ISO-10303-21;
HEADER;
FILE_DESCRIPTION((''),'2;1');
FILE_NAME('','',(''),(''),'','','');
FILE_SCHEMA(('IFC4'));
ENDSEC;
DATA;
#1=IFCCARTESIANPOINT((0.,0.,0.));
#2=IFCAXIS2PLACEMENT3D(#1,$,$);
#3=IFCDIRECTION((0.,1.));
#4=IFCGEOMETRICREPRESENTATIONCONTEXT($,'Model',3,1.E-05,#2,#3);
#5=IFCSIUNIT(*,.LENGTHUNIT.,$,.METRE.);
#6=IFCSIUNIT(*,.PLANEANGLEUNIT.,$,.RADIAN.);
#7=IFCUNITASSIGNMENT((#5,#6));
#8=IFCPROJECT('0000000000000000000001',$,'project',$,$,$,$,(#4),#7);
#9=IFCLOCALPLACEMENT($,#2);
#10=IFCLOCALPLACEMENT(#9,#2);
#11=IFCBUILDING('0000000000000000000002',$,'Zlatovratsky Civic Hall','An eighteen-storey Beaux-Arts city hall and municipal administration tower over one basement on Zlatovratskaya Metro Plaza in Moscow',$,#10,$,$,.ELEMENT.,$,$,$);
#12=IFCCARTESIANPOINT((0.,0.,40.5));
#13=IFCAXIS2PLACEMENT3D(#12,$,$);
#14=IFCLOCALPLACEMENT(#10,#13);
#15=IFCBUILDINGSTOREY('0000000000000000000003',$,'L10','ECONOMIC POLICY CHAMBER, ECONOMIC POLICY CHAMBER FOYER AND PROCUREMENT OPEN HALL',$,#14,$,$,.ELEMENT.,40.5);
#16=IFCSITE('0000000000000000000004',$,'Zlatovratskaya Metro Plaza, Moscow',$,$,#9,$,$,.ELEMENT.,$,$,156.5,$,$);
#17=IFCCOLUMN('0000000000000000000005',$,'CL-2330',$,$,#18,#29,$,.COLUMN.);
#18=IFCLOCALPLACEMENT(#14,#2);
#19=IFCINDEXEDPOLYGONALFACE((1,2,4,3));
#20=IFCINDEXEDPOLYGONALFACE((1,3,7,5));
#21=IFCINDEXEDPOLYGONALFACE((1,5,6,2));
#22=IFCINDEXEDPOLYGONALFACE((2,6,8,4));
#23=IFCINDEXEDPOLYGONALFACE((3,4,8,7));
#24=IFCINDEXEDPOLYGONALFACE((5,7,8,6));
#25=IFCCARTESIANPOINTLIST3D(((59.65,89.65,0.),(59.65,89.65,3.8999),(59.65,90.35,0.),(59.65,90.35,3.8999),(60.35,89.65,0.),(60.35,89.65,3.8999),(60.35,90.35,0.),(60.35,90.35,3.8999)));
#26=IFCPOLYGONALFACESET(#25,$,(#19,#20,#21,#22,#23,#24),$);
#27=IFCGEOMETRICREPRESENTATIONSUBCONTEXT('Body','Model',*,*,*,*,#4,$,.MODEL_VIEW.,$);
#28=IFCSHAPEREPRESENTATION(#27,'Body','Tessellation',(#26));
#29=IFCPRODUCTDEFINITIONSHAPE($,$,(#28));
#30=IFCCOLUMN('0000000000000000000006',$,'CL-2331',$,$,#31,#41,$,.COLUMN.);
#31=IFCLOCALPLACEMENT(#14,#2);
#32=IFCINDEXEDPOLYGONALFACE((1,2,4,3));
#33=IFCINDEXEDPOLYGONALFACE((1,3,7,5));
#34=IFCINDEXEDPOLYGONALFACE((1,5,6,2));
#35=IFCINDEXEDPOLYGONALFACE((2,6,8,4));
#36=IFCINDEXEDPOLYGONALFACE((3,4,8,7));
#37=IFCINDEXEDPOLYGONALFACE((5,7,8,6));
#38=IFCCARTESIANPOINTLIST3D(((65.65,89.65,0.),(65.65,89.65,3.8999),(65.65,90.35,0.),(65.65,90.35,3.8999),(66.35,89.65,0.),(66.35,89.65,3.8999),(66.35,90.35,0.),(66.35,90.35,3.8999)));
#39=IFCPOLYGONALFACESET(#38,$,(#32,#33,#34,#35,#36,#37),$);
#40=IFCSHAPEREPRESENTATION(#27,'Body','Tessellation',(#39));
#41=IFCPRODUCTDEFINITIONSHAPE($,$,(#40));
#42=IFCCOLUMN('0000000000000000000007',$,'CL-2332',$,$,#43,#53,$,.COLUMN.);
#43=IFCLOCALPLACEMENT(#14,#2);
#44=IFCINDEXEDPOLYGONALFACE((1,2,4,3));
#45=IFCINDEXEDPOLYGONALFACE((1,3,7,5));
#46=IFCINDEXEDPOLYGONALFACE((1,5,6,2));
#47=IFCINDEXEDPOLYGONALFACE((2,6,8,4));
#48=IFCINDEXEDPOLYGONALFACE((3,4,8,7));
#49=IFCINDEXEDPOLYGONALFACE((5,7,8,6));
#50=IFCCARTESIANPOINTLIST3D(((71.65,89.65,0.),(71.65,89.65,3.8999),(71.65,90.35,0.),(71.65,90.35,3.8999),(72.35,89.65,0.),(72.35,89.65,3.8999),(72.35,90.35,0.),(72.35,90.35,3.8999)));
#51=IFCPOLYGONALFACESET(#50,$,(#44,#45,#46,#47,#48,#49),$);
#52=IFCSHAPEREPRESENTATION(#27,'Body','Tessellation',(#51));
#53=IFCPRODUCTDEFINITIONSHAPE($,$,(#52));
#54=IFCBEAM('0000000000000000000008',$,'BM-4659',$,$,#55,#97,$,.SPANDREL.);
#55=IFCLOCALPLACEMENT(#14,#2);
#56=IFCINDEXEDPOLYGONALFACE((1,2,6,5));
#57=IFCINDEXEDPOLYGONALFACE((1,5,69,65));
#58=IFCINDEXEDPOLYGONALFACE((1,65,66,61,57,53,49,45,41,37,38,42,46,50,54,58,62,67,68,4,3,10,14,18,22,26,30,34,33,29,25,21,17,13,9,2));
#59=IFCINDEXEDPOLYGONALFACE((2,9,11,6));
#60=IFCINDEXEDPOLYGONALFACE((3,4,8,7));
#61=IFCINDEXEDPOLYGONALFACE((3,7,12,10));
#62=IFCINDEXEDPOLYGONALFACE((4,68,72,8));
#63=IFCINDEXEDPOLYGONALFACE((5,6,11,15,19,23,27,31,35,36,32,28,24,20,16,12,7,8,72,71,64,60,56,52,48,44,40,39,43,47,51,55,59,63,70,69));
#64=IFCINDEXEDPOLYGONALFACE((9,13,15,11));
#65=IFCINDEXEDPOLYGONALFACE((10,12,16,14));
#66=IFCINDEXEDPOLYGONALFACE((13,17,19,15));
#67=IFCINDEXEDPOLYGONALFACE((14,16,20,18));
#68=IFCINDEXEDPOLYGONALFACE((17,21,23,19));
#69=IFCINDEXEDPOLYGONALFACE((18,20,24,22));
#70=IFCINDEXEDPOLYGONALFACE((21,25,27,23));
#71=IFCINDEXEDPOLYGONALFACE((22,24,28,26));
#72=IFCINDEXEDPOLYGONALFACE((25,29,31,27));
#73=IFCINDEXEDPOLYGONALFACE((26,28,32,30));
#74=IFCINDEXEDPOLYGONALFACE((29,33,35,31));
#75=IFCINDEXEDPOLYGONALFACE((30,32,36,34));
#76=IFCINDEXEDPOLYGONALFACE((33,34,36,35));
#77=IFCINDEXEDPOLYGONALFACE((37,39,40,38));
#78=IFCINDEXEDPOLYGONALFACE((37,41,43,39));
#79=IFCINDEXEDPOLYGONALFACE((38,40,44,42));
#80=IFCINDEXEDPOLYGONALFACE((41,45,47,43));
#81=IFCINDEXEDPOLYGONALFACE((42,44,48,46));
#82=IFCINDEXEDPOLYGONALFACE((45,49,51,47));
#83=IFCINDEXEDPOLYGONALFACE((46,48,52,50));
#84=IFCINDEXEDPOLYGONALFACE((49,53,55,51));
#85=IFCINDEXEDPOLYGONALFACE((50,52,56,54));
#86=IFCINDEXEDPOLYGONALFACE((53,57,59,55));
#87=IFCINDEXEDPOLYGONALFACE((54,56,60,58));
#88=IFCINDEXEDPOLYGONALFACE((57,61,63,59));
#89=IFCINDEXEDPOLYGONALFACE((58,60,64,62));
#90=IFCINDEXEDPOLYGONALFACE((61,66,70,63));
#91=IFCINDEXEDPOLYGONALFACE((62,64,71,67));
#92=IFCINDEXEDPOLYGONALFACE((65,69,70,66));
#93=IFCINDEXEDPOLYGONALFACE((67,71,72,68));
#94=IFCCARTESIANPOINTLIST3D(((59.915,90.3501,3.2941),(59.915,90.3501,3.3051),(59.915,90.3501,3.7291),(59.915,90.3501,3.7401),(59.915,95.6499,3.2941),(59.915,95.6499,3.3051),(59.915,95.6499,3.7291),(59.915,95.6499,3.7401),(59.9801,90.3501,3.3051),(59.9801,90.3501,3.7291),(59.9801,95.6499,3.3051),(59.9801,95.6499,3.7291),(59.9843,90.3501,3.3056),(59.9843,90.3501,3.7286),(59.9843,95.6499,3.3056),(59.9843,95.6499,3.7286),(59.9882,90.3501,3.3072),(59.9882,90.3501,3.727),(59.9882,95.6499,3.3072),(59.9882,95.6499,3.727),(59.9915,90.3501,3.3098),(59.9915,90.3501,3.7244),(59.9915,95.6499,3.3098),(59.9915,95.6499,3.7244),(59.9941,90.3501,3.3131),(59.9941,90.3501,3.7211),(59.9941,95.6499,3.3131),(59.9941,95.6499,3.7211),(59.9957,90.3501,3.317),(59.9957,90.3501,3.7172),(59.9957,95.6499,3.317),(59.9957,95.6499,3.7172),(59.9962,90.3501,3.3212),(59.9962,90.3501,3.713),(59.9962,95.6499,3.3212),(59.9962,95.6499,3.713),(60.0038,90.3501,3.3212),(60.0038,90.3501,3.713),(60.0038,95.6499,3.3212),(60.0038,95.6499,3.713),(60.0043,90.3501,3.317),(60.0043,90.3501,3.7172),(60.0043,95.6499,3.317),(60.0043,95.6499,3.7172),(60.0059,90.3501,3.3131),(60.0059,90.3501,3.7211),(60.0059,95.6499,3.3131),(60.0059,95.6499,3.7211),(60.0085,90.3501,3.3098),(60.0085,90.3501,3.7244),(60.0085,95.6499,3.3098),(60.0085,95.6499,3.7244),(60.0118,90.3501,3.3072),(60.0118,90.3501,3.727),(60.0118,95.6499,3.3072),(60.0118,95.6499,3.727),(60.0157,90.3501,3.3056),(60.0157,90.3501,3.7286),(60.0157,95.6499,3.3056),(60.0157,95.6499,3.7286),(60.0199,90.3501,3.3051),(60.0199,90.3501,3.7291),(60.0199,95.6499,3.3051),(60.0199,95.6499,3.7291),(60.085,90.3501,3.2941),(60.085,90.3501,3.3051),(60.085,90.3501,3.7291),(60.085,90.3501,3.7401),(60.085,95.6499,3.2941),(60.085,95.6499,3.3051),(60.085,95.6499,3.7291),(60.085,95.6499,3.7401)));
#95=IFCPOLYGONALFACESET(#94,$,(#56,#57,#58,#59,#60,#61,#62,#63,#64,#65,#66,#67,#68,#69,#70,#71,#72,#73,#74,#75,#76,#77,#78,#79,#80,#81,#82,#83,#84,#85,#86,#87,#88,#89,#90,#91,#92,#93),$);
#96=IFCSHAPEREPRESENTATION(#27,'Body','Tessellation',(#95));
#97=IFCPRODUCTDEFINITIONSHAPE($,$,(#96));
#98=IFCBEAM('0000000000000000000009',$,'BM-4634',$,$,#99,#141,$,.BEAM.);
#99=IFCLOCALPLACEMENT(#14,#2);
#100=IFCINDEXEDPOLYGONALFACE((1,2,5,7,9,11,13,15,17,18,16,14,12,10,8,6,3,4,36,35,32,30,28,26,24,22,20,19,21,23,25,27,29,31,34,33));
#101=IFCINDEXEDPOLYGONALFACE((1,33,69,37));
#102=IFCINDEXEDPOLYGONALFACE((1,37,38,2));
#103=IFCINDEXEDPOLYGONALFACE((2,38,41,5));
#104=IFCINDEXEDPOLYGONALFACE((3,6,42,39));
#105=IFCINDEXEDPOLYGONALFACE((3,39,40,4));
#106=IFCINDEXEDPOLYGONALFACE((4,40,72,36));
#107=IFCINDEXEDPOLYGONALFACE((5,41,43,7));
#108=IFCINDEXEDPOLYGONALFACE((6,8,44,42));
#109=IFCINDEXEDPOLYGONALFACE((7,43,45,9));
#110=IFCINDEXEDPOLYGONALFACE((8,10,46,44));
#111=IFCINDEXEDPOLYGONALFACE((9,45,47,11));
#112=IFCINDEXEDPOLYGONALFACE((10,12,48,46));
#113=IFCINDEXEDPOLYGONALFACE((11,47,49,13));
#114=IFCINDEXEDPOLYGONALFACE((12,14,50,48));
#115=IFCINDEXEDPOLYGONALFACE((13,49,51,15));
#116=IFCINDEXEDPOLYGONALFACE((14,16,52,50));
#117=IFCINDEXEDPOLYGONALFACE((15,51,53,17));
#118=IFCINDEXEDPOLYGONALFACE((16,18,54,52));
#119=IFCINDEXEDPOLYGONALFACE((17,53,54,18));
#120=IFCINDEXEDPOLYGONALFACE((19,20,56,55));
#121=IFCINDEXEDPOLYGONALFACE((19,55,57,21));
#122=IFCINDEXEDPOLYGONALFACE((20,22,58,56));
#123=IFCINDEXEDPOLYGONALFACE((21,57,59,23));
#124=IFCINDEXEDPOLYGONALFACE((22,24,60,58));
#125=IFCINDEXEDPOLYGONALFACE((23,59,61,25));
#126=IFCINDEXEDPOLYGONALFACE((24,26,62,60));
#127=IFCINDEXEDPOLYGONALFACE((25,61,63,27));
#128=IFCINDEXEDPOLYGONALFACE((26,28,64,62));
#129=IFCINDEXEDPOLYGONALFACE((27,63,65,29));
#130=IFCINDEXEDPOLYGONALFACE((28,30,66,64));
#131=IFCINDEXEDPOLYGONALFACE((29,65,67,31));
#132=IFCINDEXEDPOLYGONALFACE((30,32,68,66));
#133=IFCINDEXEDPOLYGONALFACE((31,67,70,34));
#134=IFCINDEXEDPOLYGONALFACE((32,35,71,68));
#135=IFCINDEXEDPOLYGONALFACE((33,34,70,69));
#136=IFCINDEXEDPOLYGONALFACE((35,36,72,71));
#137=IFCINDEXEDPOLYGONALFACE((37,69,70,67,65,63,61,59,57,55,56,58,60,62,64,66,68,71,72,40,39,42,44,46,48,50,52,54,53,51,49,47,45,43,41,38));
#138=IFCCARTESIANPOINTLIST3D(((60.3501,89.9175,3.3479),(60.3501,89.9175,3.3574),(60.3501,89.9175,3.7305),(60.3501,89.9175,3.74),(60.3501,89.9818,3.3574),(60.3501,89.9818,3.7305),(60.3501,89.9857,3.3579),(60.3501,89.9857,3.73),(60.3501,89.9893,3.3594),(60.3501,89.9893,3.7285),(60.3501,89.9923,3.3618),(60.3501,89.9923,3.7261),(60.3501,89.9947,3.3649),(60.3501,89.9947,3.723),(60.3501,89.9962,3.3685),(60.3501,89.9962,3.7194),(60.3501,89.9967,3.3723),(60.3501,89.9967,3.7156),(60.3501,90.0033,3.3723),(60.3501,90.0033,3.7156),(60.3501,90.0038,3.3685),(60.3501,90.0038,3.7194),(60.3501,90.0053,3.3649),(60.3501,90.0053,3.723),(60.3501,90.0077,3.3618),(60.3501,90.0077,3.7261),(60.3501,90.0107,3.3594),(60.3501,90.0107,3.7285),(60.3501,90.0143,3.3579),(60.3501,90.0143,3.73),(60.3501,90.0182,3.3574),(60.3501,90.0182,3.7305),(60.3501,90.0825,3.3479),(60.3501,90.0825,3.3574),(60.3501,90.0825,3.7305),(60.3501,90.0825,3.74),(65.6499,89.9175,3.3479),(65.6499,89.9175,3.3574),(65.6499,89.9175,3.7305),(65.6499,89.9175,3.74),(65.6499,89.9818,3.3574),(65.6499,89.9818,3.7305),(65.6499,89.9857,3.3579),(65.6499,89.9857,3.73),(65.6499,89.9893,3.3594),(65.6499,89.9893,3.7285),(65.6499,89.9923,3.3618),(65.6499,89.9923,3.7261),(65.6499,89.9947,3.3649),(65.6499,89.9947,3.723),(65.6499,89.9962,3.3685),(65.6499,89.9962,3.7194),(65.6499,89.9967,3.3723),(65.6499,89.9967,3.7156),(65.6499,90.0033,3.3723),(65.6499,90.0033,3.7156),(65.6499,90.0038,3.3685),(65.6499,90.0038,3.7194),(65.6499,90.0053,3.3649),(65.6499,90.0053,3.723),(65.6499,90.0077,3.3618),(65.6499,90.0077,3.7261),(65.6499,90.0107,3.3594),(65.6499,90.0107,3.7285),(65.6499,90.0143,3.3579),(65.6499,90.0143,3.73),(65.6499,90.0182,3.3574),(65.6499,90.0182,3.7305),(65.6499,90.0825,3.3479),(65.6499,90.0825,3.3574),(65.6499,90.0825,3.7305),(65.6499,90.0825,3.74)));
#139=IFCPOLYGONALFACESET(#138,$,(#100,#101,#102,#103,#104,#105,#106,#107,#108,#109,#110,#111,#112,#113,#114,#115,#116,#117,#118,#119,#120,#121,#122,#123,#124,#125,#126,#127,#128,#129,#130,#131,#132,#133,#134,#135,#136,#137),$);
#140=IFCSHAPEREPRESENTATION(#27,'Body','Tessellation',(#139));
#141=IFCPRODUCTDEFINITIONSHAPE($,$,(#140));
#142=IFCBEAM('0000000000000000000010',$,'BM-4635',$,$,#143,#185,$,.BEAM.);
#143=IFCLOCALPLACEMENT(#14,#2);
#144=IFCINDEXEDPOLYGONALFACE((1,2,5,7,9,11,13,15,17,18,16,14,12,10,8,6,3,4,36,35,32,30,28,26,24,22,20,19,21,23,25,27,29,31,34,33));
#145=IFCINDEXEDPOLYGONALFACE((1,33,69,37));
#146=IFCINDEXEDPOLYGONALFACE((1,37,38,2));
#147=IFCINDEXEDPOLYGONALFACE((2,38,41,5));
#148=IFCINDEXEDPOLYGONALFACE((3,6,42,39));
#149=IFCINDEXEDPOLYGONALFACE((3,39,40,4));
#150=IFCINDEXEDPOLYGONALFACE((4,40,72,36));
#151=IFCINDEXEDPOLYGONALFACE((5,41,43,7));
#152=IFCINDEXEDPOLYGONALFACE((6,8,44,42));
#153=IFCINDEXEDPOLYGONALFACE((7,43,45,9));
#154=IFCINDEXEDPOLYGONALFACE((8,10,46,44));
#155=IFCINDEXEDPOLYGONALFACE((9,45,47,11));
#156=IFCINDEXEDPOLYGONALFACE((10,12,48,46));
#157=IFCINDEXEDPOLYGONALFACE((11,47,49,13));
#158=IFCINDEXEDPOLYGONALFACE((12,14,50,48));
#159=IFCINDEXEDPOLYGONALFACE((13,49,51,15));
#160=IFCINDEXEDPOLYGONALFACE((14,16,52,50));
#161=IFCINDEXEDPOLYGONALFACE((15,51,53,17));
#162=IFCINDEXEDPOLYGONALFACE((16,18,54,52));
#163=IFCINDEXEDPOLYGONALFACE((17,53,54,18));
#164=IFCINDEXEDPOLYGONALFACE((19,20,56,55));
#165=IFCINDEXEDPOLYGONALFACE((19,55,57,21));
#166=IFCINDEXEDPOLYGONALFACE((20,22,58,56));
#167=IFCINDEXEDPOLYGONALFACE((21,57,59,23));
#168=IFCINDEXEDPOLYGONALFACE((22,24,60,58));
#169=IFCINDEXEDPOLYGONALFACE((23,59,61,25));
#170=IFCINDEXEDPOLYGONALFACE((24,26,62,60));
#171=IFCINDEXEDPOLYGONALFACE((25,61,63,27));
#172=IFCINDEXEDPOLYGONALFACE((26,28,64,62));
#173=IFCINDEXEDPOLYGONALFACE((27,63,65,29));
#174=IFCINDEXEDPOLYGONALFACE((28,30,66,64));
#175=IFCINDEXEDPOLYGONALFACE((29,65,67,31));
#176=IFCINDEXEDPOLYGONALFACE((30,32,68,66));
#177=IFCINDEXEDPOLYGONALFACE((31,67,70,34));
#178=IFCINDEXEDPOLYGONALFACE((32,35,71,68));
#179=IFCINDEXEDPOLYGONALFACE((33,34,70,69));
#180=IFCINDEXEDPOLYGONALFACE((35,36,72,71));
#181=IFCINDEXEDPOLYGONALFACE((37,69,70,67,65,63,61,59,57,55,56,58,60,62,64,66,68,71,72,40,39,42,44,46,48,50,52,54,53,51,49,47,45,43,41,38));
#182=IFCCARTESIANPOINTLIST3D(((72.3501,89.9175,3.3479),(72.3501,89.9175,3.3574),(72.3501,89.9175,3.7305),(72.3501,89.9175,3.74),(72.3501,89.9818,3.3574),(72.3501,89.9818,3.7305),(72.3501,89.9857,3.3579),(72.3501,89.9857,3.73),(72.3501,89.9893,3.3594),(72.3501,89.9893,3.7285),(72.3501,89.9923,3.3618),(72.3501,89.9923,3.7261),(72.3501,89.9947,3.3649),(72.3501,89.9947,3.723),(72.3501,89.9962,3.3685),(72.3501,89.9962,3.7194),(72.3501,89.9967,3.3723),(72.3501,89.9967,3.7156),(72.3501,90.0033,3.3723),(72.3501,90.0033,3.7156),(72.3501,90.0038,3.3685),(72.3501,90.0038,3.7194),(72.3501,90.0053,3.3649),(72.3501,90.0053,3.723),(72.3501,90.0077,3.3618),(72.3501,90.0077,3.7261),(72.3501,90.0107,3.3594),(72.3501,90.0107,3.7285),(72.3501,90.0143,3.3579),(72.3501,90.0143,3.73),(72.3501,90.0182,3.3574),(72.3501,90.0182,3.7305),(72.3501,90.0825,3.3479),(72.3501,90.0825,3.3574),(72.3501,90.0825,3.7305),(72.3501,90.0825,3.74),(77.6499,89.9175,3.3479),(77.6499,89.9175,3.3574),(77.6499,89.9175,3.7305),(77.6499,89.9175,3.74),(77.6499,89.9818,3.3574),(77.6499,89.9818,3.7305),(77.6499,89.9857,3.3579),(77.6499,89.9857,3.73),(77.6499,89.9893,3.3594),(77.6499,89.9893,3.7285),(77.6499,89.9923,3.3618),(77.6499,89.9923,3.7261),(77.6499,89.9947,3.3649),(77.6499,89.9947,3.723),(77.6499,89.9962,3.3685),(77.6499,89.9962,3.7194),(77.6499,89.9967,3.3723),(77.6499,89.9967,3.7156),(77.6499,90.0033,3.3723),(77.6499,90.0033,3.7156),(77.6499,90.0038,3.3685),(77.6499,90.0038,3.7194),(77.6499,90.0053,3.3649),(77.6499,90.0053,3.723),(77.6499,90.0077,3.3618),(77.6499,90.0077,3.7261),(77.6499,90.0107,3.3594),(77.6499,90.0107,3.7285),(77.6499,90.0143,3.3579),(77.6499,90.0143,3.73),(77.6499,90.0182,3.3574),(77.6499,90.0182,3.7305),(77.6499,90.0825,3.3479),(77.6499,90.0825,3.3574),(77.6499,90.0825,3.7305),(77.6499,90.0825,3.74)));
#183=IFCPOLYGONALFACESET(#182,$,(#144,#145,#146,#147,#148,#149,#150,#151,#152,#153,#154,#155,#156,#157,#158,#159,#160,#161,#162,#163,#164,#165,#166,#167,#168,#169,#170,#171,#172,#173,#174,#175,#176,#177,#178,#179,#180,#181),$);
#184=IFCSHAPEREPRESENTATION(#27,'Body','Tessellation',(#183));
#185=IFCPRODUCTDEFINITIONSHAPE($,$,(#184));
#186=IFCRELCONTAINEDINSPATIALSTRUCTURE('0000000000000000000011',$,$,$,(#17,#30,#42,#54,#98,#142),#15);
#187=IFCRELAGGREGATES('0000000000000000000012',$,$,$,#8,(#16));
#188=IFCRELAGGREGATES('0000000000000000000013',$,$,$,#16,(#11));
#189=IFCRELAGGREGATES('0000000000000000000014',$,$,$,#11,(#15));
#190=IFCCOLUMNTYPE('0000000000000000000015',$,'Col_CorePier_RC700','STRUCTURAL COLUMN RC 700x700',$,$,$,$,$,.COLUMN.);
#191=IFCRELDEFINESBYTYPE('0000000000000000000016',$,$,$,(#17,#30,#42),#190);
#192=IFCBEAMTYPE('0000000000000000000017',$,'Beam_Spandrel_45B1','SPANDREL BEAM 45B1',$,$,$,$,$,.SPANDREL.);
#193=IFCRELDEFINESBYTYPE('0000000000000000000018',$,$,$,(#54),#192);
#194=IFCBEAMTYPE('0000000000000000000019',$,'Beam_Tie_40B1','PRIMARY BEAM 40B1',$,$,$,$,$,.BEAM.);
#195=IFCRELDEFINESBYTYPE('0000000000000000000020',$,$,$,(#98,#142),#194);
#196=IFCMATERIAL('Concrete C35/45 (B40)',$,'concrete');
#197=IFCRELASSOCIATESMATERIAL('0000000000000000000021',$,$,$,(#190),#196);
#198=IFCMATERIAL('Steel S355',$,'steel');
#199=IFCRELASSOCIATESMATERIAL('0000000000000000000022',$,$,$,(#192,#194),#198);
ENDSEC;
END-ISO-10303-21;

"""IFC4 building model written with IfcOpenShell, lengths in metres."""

from ifc_helpers import new_model, si_unit, direction, frame, origin, origin_2d, place, context, subcontext, project, spatial, rectangle, i_section, extrude, material, material_profile, profile_set, type_object, element, save


model = new_model("IFC4")

# Units and contexts
model_context = context("Model", 3, precision=1e-05, world=origin(), true_north=direction((0.0, 1.0)))
body_context = subcontext(model_context, "Body", "Model", "MODEL_VIEW")
ifc_project = project(units=[si_unit("LENGTHUNIT", "METRE"), si_unit("PLANEANGLEUNIT", "RADIAN")], contexts=[model_context])

# Site, building, storey
site_placement = place(None, origin())
site = spatial("IfcSite", under=ifc_project, at=site_placement, Name="Zlatovratskaya Metro Plaza, Moscow", CompositionType="ELEMENT", RefElevation=156.5)
building_placement = place(site_placement, origin())
building = spatial("IfcBuilding", under=site, at=building_placement, Name="Zlatovratsky Civic Hall", Description="An eighteen-storey Beaux-Arts city hall and municipal administration tower over one basement on Zlatovratskaya Metro Plaza in Moscow", CompositionType="ELEMENT")
storey_placement = place(building_placement, frame((0.0, 0.0, 40.5)))
storey = spatial("IfcBuildingStorey", under=building, at=storey_placement, Name="L10", Description="ECONOMIC POLICY CHAMBER, ECONOMIC POLICY CHAMBER FOYER AND PROCUREMENT OPEN HALL", CompositionType="ELEMENT", Elevation=40.5)

# Columns
ifc_material_1 = material(Name="Concrete C35/45 (B40)", Category="concrete")
ifc_material_profile_1 = material_profile(ifc_material_1, rectangle(XDim=0.7, YDim=0.7, at=origin_2d()), Name="RC 700x700")
ifc_profile_set_1 = profile_set([ifc_material_profile_1], Name="Concrete C35/45 (B40)")
column_type = type_object("IfcColumnType", Name="Col_CorePier_RC700", Description="STRUCTURAL COLUMN RC 700x700", PredefinedType="COLUMN", material=ifc_profile_set_1)
for number, where, z_axis, x_axis, name in (
    (1, (60.0, 90.0, 0.0), (0.0, 0.0, 1.0), (1.0, 0.0, 0.0), "CL-2330"),
    (2, (66.0, 90.0, 0.0), (0.0, 0.0, 1.0), (1.0, 0.0, 0.0), "CL-2331"),
    (3, (72.0, 90.0, 0.0), (0.0, 0.0, 1.0), (1.0, 0.0, 0.0), "CL-2332"),
):
    element("IfcColumn", number, at=place(storey_placement, frame(where, z_axis=z_axis, x_axis=x_axis)), inside=storey, type_object=column_type, Name=name, PredefinedType="COLUMN", context=body_context, shape_type="SweptSolid", body=[
        extrude(rectangle(XDim=0.7, YDim=0.7, at=origin_2d()), origin(), (0.0, 0.0, 1.0), 3.8999),
    ])

# Beams
ifc_material_2 = material(Name="Steel S355", Category="steel")
ifc_material_profile_2 = material_profile(ifc_material_2, i_section(OverallWidth=0.1699, OverallDepth=0.446, WebThickness=0.0076, FlangeThickness=0.011, FilletRadius=0.0161, at=origin_2d()), Name="45B1")
ifc_profile_set_2 = profile_set([ifc_material_profile_2], Name="Steel S355")
beam_type_1 = type_object("IfcBeamType", Name="Beam_Spandrel_45B1", Description="SPANDREL BEAM 45B1", PredefinedType="SPANDREL", material=ifc_profile_set_2)
beam_placement = place(storey_placement, frame((60.0, 90.3501, 3.5171), z_axis=(0.0, 1.0, 0.0), x_axis=(-1.0, 0.0, 0.0)))
element("IfcBeam", 4, at=beam_placement, inside=storey, type_object=beam_type_1, Name="BM-4659", PredefinedType="SPANDREL", context=body_context, shape_type="SweptSolid", body=[
    extrude(i_section(OverallWidth=0.1699, OverallDepth=0.446, WebThickness=0.0076, FlangeThickness=0.011, FilletRadius=0.0161, at=origin_2d()), origin(), (0.0, 0.0, 1.0), 5.2998),
])
ifc_material_profile_3 = material_profile(ifc_material_2, i_section(OverallWidth=0.165, OverallDepth=0.3921, WebThickness=0.0066, FlangeThickness=0.0095, FilletRadius=0.0149, at=origin_2d()), Name="40B1")
ifc_profile_set_3 = profile_set([ifc_material_profile_3], Name="Steel S355")
beam_type_2 = type_object("IfcBeamType", Name="Beam_Tie_40B1", Description="PRIMARY BEAM 40B1", PredefinedType="BEAM", material=ifc_profile_set_3)
for number, where, z_axis, x_axis, name in (
    (5, (60.3501, 90.0, 3.5439), (1.0, 0.0, 0.0), (0.0, 1.0, 0.0), "BM-4634"),
    (6, (72.3501, 90.0, 3.5439), (1.0, 0.0, 0.0), (0.0, 1.0, 0.0), "BM-4635"),
):
    element("IfcBeam", number, at=place(storey_placement, frame(where, z_axis=z_axis, x_axis=x_axis)), inside=storey, type_object=beam_type_2, Name=name, PredefinedType="BEAM", context=body_context, shape_type="SweptSolid", body=[
        extrude(i_section(OverallWidth=0.165, OverallDepth=0.3921, WebThickness=0.0066, FlangeThickness=0.0095, FilletRadius=0.0149, at=origin_2d()), origin(), (0.0, 0.0, 1.0), 5.2998),
    ])

save(model, "model.ifc")
